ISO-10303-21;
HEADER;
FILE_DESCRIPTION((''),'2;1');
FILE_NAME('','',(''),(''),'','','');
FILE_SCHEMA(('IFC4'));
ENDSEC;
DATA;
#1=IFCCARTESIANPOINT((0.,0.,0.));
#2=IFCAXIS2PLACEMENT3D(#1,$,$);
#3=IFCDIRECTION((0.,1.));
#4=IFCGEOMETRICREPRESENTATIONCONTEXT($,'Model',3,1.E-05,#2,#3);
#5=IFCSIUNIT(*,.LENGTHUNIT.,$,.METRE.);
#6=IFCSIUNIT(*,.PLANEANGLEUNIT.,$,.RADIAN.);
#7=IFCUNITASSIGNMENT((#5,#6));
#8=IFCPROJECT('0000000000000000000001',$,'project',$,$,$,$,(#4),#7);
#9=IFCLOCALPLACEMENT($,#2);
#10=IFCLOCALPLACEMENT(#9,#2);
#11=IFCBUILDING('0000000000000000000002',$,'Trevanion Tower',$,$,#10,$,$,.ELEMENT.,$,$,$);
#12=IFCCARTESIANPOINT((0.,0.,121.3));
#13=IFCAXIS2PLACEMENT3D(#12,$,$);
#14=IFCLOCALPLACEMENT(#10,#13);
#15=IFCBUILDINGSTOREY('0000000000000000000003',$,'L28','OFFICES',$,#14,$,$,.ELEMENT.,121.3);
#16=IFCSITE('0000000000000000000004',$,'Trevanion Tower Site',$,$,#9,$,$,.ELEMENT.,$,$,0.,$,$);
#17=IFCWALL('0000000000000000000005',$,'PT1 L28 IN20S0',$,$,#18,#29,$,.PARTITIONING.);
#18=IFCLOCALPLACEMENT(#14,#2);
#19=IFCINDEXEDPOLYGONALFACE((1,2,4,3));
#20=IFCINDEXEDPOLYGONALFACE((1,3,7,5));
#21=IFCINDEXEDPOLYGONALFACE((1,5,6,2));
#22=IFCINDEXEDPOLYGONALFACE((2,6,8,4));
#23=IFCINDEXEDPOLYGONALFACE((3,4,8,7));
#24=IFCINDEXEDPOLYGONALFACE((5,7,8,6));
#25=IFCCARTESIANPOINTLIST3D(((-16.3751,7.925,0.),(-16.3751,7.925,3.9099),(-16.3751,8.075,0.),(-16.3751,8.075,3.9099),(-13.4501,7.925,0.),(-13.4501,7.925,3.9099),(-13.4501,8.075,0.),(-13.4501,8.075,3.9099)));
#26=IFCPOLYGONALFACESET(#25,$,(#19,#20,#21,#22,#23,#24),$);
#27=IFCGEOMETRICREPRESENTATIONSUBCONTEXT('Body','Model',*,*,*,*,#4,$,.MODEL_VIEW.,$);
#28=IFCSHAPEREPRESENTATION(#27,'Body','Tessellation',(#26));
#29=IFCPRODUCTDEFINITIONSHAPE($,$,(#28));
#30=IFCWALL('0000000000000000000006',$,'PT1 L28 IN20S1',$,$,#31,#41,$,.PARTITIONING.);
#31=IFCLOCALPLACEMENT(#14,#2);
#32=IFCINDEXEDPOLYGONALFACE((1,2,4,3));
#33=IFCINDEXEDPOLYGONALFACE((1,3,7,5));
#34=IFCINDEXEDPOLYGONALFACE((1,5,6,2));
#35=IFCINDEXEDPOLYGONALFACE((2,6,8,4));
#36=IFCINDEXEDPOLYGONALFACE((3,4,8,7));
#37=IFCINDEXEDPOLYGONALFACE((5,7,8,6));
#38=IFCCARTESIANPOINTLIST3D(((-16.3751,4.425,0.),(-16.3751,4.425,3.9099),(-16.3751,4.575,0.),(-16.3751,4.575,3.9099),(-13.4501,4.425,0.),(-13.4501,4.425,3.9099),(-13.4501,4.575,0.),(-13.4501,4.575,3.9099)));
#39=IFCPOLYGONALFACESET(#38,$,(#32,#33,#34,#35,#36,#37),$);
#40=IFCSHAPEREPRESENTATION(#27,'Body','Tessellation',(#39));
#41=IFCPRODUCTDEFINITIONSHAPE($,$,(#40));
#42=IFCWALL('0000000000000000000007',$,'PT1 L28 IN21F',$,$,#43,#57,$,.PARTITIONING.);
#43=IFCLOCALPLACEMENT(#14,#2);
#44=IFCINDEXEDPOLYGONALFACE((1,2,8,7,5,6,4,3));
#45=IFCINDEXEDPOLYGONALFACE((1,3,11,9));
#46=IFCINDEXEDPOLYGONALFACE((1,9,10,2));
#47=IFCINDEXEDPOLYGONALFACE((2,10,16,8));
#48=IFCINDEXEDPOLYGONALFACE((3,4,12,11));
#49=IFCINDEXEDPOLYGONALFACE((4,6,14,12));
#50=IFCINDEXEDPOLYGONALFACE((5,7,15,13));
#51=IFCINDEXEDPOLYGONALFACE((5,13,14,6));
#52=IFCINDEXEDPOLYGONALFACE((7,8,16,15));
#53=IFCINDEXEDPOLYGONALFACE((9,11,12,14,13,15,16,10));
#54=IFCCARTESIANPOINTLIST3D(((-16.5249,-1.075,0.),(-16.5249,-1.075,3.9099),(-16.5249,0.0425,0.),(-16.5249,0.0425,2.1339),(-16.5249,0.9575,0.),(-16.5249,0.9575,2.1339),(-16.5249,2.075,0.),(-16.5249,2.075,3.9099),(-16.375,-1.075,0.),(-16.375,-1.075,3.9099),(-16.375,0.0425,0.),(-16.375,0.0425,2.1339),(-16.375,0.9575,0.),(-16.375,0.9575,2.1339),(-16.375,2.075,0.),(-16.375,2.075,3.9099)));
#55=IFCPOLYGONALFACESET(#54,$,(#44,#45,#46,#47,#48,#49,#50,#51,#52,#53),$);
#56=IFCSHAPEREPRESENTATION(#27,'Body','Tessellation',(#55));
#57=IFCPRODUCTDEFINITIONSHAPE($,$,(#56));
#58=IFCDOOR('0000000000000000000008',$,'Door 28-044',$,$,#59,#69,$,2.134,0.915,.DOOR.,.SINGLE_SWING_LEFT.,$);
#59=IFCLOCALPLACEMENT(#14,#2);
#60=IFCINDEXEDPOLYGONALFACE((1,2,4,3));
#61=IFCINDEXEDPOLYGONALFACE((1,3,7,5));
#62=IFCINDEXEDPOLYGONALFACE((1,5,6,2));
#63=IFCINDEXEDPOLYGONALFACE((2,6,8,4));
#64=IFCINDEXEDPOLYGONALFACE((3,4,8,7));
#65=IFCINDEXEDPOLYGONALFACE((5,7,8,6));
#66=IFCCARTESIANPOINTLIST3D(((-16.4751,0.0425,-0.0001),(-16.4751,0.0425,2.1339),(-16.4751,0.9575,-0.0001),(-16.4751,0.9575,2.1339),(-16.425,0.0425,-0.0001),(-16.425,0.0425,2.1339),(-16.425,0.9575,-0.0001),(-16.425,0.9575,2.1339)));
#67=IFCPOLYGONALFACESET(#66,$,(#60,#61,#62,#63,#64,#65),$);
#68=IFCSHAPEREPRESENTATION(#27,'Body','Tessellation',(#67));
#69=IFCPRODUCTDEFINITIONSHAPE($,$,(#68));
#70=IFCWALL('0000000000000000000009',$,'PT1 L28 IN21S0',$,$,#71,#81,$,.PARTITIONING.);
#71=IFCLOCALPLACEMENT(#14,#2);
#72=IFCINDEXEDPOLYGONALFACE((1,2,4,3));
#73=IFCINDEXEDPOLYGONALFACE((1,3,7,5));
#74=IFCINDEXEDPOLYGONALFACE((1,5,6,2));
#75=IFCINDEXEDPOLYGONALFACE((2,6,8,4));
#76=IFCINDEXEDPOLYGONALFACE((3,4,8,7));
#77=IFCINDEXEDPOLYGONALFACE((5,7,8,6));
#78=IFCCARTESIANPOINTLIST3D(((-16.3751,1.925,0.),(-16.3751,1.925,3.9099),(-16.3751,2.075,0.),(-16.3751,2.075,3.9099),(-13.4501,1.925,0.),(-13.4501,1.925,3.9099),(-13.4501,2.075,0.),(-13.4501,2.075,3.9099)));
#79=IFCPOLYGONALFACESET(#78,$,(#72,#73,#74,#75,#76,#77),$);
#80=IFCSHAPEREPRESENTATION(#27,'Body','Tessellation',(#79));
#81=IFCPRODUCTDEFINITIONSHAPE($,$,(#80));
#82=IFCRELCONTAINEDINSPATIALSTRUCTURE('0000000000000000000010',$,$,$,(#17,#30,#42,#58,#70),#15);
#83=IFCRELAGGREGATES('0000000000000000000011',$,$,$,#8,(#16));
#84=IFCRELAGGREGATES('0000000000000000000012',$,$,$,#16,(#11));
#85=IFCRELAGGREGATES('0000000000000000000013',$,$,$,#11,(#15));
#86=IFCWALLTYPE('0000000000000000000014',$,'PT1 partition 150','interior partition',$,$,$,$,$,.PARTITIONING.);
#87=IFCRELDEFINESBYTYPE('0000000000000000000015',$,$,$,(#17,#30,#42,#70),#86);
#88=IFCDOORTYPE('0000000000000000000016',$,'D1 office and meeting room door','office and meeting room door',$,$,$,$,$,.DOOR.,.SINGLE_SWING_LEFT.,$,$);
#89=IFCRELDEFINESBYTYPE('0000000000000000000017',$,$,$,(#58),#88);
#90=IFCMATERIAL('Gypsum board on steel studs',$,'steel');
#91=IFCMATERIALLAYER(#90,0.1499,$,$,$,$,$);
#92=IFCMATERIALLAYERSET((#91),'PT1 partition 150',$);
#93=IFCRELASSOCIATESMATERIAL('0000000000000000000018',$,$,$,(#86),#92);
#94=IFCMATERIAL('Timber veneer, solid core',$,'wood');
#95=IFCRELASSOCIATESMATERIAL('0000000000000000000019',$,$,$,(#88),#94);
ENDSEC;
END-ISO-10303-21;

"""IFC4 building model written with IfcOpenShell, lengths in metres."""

from ifc_helpers import new_model, si_unit, direction, frame, frame_2d, origin, place, context, subcontext, project, spatial, rectangle, extrude, material, layer, layer_set, type_object, element, fill, save


model = new_model("IFC4")

# Units and contexts
model_context = context("Model", 3, precision=1e-05, world=origin(), true_north=direction((0.0, 1.0)))
body_context = subcontext(model_context, "Body", "Model", "MODEL_VIEW")
ifc_project = project(units=[si_unit("LENGTHUNIT", "METRE"), si_unit("PLANEANGLEUNIT", "RADIAN")], contexts=[model_context])

# Site, building, storey
site_placement = place(None, origin())
site = spatial("IfcSite", under=ifc_project, at=site_placement, Name="Trevanion Tower Site", CompositionType="ELEMENT", RefElevation=0.0)
building_placement = place(site_placement, origin())
building = spatial("IfcBuilding", under=site, at=building_placement, Name="Trevanion Tower", CompositionType="ELEMENT")
storey_placement = place(building_placement, frame((0.0, 0.0, 121.3)))
storey = spatial("IfcBuildingStorey", under=building, at=storey_placement, Name="L28", Description="OFFICES", CompositionType="ELEMENT", Elevation=121.3)

# Shared definitions
ifc_material_1 = material(Name="Gypsum board on steel studs", Category="steel")
ifc_layer_1 = layer(ifc_material_1, 0.1499)
ifc_layer_set_1 = layer_set([ifc_layer_1], Name="PT1 partition 150")
wall_type = type_object("IfcWallType", Name="PT1 partition 150", Description="interior partition", PredefinedType="PARTITIONING", material=ifc_layer_set_1)
ifc_material_2 = material(Name="Timber veneer, solid core", Category="wood")
door_type = type_object("IfcDoorType", Name="D1 office and meeting room door", Description="office and meeting room door", OperationType="SINGLE_SWING_LEFT", PredefinedType="DOOR", material=ifc_material_2)

# Walls
for number, where, z_axis, x_axis, name in (
    (1, (-16.375, 8.0, 0.0), (0.0, 0.0, 1.0), (1.0, 0.0, 0.0), "PT1 L28 IN20S0"),
    (2, (-16.375, 4.5, 0.0), (0.0, 0.0, 1.0), (1.0, 0.0, 0.0), "PT1 L28 IN20S1"),
):
    element("IfcWall", number, at=place(storey_placement, frame(where, z_axis=z_axis, x_axis=x_axis)), inside=storey, type_object=wall_type, Name=name, PredefinedType="PARTITIONING", context=body_context, shape_type="SweptSolid", body=[
        extrude(rectangle(XDim=2.925, YDim=0.1499, at=frame_2d((1.4624, 0.0))), origin(), (0.0, 0.0, 1.0), 3.9099),
    ])

# Wall, opening, door
wall_1_placement = place(storey_placement, frame((-16.45, 2.075, 0.0), z_axis=(0.0, 0.0, 1.0), x_axis=(0.0, -1.0, 0.0)))
wall_1 = element("IfcWall", 3, at=wall_1_placement, inside=storey, type_object=wall_type, Name="PT1 L28 IN21F", PredefinedType="PARTITIONING", context=body_context, shape_type="SweptSolid", body=[
    extrude(rectangle(XDim=3.1499, YDim=0.1499, at=frame_2d((1.575, 0.0))), origin(), (0.0, 0.0, 1.0), 3.9099),
])
opening_1_placement = place(wall_1_placement, frame((1.1174, 0.0, 0.0)))
opening_1 = element("IfcOpeningElement", 4, at=opening_1_placement, cuts=wall_1, PredefinedType="OPENING", context=body_context, shape_type="SweptSolid", body=[
    extrude(rectangle(XDim=0.915, YDim=2.134, at=frame_2d((0.4575, 1.0669))), frame((0.0, 0.085, 0.0), z_axis=(0.0, -1.0, 0.0), x_axis=(1.0, 0.0, 0.0)), (0.0, 0.0, 1.0), 0.1699),
])
door_1_placement = place(opening_1_placement, origin())
door_1 = element("IfcDoor", 5, at=door_1_placement, inside=storey, type_object=door_type, Name="Door 28-044", OperationType="SINGLE_SWING_LEFT", OverallHeight=2.134, OverallWidth=0.915, PredefinedType="DOOR", context=body_context, shape_type="SweptSolid", body=[
    extrude(rectangle(XDim=0.915, YDim=2.134, at=frame_2d((0.4575, 1.0669))), frame((0.0, 0.0249, 0.0), z_axis=(0.0, -1.0, 0.0), x_axis=(1.0, 0.0, 0.0)), (0.0, 0.0, 1.0), 0.05),
])
fill(opening_1, door_1)

# Wall
wall_2_placement = place(storey_placement, frame((-16.375, 2.0, 0.0), z_axis=(0.0, 0.0, 1.0), x_axis=(1.0, 0.0, 0.0)))
element("IfcWall", 6, at=wall_2_placement, inside=storey, type_object=wall_type, Name="PT1 L28 IN21S0", PredefinedType="PARTITIONING", context=body_context, shape_type="SweptSolid", body=[
    extrude(rectangle(XDim=2.925, YDim=0.1499, at=frame_2d((1.4624, 0.0))), origin(), (0.0, 0.0, 1.0), 3.9099),
])

save(model, "model.ifc")
